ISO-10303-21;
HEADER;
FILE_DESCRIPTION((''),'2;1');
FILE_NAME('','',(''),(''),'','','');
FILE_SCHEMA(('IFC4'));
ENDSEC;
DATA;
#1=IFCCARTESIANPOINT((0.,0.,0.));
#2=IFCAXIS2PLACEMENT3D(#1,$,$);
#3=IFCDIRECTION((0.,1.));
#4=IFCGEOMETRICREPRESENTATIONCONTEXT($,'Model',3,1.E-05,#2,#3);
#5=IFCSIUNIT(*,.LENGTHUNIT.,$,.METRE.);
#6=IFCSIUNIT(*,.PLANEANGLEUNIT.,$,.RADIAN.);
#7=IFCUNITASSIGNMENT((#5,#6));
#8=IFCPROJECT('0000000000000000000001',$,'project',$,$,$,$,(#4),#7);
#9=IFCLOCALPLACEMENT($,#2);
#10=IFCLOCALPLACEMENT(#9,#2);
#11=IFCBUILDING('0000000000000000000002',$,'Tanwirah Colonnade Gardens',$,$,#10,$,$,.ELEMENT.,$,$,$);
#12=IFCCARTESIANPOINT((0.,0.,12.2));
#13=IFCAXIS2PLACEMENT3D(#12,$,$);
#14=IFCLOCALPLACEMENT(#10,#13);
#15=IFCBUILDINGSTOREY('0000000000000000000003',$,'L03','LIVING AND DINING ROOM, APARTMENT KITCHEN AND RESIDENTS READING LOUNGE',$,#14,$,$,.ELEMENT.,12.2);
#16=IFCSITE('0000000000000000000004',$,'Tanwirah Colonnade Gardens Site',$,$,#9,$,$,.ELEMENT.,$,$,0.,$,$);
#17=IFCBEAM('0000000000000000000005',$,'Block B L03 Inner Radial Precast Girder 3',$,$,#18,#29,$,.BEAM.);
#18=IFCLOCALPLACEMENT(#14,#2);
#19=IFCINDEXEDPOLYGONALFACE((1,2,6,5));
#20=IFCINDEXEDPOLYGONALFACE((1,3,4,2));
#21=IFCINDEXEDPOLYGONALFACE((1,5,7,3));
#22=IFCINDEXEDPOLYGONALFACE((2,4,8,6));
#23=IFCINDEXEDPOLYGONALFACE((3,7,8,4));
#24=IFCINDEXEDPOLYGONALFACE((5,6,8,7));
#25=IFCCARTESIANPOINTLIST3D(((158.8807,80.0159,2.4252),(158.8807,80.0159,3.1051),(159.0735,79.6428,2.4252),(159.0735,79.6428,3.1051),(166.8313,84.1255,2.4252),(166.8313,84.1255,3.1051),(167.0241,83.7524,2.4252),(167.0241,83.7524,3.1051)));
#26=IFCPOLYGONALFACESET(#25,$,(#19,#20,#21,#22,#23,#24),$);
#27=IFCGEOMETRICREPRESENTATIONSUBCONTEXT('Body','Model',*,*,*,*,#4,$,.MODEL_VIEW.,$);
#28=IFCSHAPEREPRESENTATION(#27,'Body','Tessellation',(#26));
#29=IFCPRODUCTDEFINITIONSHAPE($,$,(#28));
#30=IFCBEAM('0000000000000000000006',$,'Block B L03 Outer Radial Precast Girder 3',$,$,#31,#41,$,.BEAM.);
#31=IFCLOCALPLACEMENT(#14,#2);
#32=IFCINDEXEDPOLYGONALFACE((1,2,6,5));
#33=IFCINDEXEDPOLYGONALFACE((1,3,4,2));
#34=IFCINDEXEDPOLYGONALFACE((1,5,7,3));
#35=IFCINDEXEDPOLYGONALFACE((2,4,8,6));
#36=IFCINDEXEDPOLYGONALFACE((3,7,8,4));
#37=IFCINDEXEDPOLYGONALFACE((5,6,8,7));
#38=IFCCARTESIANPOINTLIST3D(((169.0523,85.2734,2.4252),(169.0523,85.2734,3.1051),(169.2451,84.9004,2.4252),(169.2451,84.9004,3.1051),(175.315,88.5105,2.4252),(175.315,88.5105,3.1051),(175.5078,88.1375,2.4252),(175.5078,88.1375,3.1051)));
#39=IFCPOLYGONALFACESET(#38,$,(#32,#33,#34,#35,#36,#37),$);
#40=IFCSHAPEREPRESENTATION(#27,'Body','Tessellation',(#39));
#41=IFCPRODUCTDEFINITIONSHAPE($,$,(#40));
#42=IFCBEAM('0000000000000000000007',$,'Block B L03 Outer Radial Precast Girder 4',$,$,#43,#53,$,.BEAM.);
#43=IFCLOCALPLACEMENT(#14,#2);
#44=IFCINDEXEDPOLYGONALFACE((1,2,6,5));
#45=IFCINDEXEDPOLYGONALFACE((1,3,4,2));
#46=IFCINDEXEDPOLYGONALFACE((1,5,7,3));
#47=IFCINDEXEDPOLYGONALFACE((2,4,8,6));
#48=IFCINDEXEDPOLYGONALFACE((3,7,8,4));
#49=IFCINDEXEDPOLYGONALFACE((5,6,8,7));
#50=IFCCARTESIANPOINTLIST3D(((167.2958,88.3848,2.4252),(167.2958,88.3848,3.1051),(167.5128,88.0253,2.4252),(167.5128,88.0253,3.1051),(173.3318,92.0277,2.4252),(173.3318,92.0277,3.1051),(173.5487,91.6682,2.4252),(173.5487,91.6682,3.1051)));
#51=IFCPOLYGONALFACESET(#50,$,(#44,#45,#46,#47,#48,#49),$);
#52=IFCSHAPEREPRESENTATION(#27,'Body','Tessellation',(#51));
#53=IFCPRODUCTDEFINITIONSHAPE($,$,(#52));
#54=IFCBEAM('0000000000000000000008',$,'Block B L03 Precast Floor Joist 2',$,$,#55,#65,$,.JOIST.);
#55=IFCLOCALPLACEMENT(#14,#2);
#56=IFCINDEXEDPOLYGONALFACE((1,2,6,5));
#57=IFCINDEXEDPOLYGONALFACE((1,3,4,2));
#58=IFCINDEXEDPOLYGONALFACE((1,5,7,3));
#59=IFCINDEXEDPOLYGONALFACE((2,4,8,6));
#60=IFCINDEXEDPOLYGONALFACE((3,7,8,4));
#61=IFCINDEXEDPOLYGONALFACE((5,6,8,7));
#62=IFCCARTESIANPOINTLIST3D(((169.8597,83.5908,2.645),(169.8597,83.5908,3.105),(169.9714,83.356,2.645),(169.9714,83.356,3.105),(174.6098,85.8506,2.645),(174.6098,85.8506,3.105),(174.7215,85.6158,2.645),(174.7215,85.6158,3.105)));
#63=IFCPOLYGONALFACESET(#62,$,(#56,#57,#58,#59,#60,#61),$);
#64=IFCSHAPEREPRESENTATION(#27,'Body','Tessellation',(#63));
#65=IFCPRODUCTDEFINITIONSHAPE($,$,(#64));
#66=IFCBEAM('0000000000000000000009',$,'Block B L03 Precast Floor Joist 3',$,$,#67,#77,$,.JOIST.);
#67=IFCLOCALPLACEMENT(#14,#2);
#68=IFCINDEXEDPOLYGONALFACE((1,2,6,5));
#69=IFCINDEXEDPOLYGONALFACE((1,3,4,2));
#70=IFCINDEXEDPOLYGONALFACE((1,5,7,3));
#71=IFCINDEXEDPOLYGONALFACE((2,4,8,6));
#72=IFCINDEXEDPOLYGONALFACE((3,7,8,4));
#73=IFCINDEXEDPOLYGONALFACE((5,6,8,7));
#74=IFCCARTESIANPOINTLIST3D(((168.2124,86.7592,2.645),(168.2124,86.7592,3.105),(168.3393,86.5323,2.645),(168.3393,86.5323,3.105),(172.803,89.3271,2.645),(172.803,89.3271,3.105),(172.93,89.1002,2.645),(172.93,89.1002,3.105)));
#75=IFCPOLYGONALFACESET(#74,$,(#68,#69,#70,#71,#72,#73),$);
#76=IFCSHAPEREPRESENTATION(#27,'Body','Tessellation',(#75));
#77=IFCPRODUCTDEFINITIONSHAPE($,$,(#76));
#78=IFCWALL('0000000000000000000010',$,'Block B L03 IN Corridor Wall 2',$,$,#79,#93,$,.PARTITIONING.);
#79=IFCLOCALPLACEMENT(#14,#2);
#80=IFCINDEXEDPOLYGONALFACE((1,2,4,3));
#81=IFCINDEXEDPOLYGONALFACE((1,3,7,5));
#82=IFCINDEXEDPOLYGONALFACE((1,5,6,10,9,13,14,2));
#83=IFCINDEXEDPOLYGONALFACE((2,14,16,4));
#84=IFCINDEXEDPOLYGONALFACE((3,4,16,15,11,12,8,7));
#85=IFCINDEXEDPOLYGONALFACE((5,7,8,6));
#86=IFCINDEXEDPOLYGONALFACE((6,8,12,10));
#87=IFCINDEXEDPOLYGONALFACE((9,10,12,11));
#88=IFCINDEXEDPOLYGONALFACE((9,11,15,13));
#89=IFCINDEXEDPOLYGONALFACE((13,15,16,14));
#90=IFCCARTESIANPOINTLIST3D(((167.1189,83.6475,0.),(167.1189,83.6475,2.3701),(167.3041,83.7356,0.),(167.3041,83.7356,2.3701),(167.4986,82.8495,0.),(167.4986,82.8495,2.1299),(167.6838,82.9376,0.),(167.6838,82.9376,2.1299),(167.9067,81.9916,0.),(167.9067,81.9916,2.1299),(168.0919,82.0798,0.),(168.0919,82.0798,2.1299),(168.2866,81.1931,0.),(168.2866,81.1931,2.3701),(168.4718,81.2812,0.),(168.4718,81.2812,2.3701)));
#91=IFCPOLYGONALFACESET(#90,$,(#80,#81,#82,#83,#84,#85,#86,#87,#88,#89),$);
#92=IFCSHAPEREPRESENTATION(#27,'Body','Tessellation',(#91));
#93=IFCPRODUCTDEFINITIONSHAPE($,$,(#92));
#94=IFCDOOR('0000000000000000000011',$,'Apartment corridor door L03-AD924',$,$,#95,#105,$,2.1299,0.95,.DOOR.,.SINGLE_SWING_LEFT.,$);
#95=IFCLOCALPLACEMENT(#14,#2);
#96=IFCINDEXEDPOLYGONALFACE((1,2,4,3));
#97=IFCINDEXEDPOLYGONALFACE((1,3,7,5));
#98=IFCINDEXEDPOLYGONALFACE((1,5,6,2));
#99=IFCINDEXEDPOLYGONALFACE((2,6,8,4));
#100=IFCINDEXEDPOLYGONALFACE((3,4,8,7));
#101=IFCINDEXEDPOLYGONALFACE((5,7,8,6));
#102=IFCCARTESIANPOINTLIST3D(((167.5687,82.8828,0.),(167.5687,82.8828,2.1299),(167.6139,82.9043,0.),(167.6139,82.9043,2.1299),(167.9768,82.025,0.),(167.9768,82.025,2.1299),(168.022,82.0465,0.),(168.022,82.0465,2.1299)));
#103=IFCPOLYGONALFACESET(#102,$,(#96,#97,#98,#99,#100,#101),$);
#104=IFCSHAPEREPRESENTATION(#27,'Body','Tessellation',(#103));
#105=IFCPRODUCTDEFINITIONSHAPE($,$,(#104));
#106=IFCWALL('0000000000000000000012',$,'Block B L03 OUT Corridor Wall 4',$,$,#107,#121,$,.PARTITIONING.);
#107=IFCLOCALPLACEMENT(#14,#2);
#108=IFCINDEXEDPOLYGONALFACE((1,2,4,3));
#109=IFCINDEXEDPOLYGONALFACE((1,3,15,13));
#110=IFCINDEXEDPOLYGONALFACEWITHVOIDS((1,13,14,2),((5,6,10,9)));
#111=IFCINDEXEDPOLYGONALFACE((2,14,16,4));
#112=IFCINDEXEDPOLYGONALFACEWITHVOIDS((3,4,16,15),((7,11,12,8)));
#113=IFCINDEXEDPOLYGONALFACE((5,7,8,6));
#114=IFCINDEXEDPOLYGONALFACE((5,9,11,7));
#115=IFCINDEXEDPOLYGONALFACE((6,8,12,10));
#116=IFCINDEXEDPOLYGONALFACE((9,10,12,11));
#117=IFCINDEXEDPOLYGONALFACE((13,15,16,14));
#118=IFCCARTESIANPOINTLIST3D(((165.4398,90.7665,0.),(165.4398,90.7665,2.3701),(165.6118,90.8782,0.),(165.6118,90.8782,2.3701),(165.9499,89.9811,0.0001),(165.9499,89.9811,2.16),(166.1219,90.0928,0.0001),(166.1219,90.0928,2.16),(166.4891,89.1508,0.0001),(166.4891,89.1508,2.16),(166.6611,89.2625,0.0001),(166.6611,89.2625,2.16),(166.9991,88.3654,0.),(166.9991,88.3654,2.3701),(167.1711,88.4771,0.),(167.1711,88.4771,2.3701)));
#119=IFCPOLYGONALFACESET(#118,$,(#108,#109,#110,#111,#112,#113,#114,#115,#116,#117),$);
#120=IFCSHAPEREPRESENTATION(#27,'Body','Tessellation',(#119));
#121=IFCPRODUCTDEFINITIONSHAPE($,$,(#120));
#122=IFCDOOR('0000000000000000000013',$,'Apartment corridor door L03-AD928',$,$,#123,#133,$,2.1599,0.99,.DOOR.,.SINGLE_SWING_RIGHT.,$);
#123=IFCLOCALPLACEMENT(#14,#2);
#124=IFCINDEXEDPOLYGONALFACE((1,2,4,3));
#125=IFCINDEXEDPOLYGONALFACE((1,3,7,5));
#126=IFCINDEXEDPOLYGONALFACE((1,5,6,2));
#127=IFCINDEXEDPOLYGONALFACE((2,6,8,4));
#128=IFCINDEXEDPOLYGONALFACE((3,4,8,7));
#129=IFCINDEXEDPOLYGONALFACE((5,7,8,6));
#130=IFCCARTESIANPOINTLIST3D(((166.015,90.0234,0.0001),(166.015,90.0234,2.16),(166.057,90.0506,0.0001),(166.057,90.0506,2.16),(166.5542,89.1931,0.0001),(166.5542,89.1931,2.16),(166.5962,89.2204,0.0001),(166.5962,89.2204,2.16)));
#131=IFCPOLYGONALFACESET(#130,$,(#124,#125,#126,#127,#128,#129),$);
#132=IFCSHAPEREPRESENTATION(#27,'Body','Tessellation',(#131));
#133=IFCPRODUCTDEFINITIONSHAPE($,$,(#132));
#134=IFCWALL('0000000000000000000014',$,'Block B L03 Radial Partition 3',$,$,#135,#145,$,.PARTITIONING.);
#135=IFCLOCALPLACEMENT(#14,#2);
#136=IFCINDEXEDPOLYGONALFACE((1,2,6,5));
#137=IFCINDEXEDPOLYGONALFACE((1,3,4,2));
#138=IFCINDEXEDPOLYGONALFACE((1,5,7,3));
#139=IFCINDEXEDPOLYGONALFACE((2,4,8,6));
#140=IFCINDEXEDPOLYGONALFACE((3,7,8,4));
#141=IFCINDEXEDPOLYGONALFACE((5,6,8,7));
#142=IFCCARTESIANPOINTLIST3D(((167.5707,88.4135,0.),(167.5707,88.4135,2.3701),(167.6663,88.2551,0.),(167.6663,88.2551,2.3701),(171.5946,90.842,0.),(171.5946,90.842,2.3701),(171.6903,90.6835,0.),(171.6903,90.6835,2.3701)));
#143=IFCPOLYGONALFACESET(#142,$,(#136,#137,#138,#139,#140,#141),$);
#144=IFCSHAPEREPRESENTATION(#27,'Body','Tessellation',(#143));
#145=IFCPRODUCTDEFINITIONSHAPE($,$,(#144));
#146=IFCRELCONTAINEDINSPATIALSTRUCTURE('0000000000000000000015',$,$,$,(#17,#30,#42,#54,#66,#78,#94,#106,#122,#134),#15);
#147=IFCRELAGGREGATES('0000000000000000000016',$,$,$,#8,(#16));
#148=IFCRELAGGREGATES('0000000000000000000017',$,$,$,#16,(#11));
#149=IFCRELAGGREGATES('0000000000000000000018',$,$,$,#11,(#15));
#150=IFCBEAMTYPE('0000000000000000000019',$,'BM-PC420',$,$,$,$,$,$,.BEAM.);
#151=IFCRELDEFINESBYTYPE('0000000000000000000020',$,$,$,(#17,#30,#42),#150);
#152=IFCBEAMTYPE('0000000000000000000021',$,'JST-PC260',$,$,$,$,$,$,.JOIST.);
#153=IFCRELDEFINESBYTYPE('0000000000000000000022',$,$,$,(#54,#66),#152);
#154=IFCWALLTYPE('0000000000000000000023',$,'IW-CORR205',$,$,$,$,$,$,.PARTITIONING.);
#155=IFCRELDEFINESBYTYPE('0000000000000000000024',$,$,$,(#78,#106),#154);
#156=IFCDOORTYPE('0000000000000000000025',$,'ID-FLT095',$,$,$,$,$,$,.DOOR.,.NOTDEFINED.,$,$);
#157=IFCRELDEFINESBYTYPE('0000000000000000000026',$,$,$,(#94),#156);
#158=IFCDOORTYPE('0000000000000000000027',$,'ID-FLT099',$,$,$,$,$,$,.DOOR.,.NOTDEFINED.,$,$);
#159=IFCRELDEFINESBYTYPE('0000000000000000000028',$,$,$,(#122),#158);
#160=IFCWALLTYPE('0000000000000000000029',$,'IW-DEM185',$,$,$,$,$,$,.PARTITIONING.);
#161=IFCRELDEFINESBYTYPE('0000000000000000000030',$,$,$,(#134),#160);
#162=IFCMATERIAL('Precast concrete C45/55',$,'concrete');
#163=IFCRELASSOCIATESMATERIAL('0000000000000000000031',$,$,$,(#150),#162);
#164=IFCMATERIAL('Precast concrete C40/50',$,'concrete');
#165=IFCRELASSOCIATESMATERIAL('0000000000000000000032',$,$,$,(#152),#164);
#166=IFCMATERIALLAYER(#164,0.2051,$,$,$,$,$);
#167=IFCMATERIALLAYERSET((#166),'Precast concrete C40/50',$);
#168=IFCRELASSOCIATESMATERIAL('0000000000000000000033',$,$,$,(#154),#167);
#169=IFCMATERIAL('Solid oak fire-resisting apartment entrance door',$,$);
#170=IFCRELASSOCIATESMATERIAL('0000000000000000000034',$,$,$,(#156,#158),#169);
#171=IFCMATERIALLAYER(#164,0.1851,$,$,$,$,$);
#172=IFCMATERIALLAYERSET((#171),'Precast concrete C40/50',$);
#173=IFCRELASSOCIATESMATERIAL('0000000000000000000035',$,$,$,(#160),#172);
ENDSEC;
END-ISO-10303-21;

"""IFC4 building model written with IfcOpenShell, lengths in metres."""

from ifc_helpers import new_model, si_unit, direction, frame, frame_2d, origin, origin_2d, place, context, subcontext, project, spatial, rectangle, extrude, material, layer, layer_set, material_profile, profile_set, type_object, element, fill, save


model = new_model("IFC4")

# Units and contexts
model_context = context("Model", 3, precision=1e-05, world=origin(), true_north=direction((0.0, 1.0)))
body_context = subcontext(model_context, "Body", "Model", "MODEL_VIEW")
ifc_project = project(units=[si_unit("LENGTHUNIT", "METRE"), si_unit("PLANEANGLEUNIT", "RADIAN")], contexts=[model_context])

# Site, building, storey
site_placement = place(None, origin())
site = spatial("IfcSite", under=ifc_project, at=site_placement, Name="Tanwirah Colonnade Gardens Site", CompositionType="ELEMENT", RefElevation=0.0)
building_placement = place(site_placement, origin())
building = spatial("IfcBuilding", under=site, at=building_placement, Name="Tanwirah Colonnade Gardens", CompositionType="ELEMENT")
storey_placement = place(building_placement, frame((0.0, 0.0, 12.2)))
storey = spatial("IfcBuildingStorey", under=building, at=storey_placement, Name="L03", Description="LIVING AND DINING ROOM, APARTMENT KITCHEN AND RESIDENTS READING LOUNGE", CompositionType="ELEMENT", Elevation=12.2)

# Shared definitions
ifc_material_1 = material(Name="Precast concrete C45/55", Category="concrete")

# Beams
ifc_material_2 = material(Name="Precast concrete C40/50", Category="concrete")
ifc_material_profile_1 = material_profile(ifc_material_1, rectangle(XDim=0.4199, YDim=0.6799, at=origin_2d()), Name="PC-BM 420x680")
ifc_profile_set_1 = profile_set([ifc_material_profile_1], Name="Precast concrete C45/55")
beam_type_1 = type_object("IfcBeamType", Name="BM-PC420", PredefinedType="BEAM", material=ifc_profile_set_1)
beam_1_placement = place(storey_placement, frame((166.9277, 83.939, 2.7651), z_axis=(-0.888345, -0.459176, 0.0), x_axis=(0.459176, -0.888345, 0.0)))
element("IfcBeam", 1, at=beam_1_placement, inside=storey, type_object=beam_type_1, Name="Block B L03 Inner Radial Precast Girder 3", PredefinedType="BEAM", context=body_context, shape_type="SweptSolid", body=[
    extrude(rectangle(XDim=0.4199, YDim=0.6799, at=origin_2d()), origin(), (0.0, 0.0, 1.0), 8.95),
])
beam_2_placement = place(storey_placement, frame((169.1487, 85.0869, 2.7651), z_axis=(0.888349, 0.459169, 0.0), x_axis=(-0.459169, 0.888349, 0.0)))
element("IfcBeam", 2, at=beam_2_placement, inside=storey, type_object=beam_type_1, Name="Block B L03 Outer Radial Precast Girder 3", PredefinedType="BEAM", context=body_context, shape_type="SweptSolid", body=[
    extrude(rectangle(XDim=0.4199, YDim=0.6799, at=origin_2d()), origin(), (0.0, 0.0, 1.0), 7.0498),
])
beam_3_placement = place(storey_placement, frame((167.4043, 88.2051, 2.7651), z_axis=(0.856158, 0.516714, 0.0), x_axis=(-0.516714, 0.856158, 0.0)))
element("IfcBeam", 3, at=beam_3_placement, inside=storey, type_object=beam_type_1, Name="Block B L03 Outer Radial Precast Girder 4", PredefinedType="BEAM", context=body_context, shape_type="SweptSolid", body=[
    extrude(rectangle(XDim=0.4199, YDim=0.6799, at=origin_2d()), origin(), (0.0, 0.0, 1.0), 7.05),
])
ifc_material_profile_2 = material_profile(ifc_material_2, rectangle(XDim=0.26, YDim=0.46, at=origin_2d()), Name="PC-JST 260x460")
ifc_profile_set_2 = profile_set([ifc_material_profile_2], Name="Precast concrete C40/50")
beam_type_2 = type_object("IfcBeamType", Name="JST-PC260", PredefinedType="JOIST", material=ifc_profile_set_2)
beam_4_placement = place(storey_placement, frame((169.9155, 83.4734, 2.875), z_axis=(0.903018, 0.429602, 0.0), x_axis=(-0.429602, 0.903018, 0.0)))
element("IfcBeam", 4, at=beam_4_placement, inside=storey, type_object=beam_type_2, Name="Block B L03 Precast Floor Joist 2", PredefinedType="JOIST", context=body_context, shape_type="SweptSolid", body=[
    extrude(rectangle(XDim=0.26, YDim=0.46, at=origin_2d()), origin(), (0.0, 0.0, 1.0), 5.2603),
])
beam_5_placement = place(storey_placement, frame((168.2759, 86.6458, 2.875), z_axis=(0.872737, 0.488191, 0.0), x_axis=(-0.488191, 0.872737, 0.0)))
element("IfcBeam", 5, at=beam_5_placement, inside=storey, type_object=beam_type_2, Name="Block B L03 Precast Floor Joist 3", PredefinedType="JOIST", context=body_context, shape_type="SweptSolid", body=[
    extrude(rectangle(XDim=0.26, YDim=0.46, at=origin_2d()), origin(), (0.0, 0.0, 1.0), 5.26),
])

# Walls, openings, doors
ifc_layer_1 = layer(ifc_material_2, 0.2051)
ifc_layer_set_1 = layer_set([ifc_layer_1], Name="Precast concrete C40/50")
wall_type_1 = type_object("IfcWallType", Name="IW-CORR205", PredefinedType="PARTITIONING", material=ifc_layer_set_1)
ifc_material_3 = material(Name="Solid oak fire-resisting apartment entrance door")
wall_1_placement = place(storey_placement, frame((168.3792, 81.2373, 0.0), z_axis=(0.0, 0.0, 1.0), x_axis=(-0.42963, 0.903005, 0.0)))
wall_1 = element("IfcWall", 6, at=wall_1_placement, inside=storey, type_object=wall_type_1, Name="Block B L03 IN Corridor Wall 2", PredefinedType="PARTITIONING", context=body_context, shape_type="SweptSolid", body=[
    extrude(rectangle(XDim=2.718, YDim=0.2051, at=frame_2d((1.3589, 0.0))), origin(), (0.0, 0.0, 1.0), 2.3701),
])
opening_1_placement = place(wall_1_placement, frame((0.884, 0.0, 0.0)))
opening_1 = element("IfcOpeningElement", 7, at=opening_1_placement, cuts=wall_1, PredefinedType="OPENING", context=body_context, shape_type="SweptSolid", body=[
    extrude(rectangle(XDim=0.95, YDim=2.1299, at=frame_2d((0.4751, 1.0649))), frame((0.0, 0.1125, 0.0), z_axis=(0.0, -1.0, 0.0), x_axis=(1.0, 0.0, 0.0)), (0.0, 0.0, 1.0), 0.2251),
])
door_type_1 = type_object("IfcDoorType", Name="ID-FLT095", OperationType="NOTDEFINED", PredefinedType="DOOR", material=ifc_material_3)
door_1_placement = place(opening_1_placement, origin())
door_1 = element("IfcDoor", 8, at=door_1_placement, inside=storey, type_object=door_type_1, Name="Apartment corridor door L03-AD924", OperationType="SINGLE_SWING_LEFT", OverallHeight=2.1299, OverallWidth=0.95, PredefinedType="DOOR", context=body_context, shape_type="SweptSolid", body=[
    extrude(rectangle(XDim=0.95, YDim=2.1299, at=frame_2d((0.4751, 1.0649))), frame((0.0, 0.0249, 0.0), z_axis=(0.0, -1.0, 0.0), x_axis=(1.0, 0.0, 0.0)), (0.0, 0.0, 1.0), 0.05),
])
fill(opening_1, door_1)
wall_2_placement = place(storey_placement, frame((167.0852, 88.4211, 0.0), z_axis=(0.0, 0.0, 1.0), x_axis=(-0.544644, 0.838668, 0.0)))
wall_2 = element("IfcWall", 9, at=wall_2_placement, inside=storey, type_object=wall_type_1, Name="Block B L03 OUT Corridor Wall 4", PredefinedType="PARTITIONING", context=body_context, shape_type="SweptSolid", body=[
    extrude(rectangle(XDim=2.863, YDim=0.2051, at=frame_2d((1.4316, 0.0))), origin(), (0.0, 0.0, 1.0), 2.3701),
])
opening_2_placement = place(wall_2_placement, frame((0.9365, 0.0, 0.0)))
opening_2 = element("IfcOpeningElement", 10, at=opening_2_placement, cuts=wall_2, PredefinedType="OPENING", context=body_context, shape_type="SweptSolid", body=[
    extrude(rectangle(XDim=0.99, YDim=2.1599, at=frame_2d((0.4951, 1.0801))), frame((0.0, 0.1125, 0.0), z_axis=(0.0, -1.0, 0.0), x_axis=(1.0, 0.0, 0.0)), (0.0, 0.0, 1.0), 0.2251),
])
door_type_2 = type_object("IfcDoorType", Name="ID-FLT099", OperationType="NOTDEFINED", PredefinedType="DOOR", material=ifc_material_3)
door_2_placement = place(opening_2_placement, origin())
door_2 = element("IfcDoor", 11, at=door_2_placement, inside=storey, type_object=door_type_2, Name="Apartment corridor door L03-AD928", OperationType="SINGLE_SWING_RIGHT", OverallHeight=2.1599, OverallWidth=0.99, PredefinedType="DOOR", context=body_context, shape_type="SweptSolid", body=[
    extrude(rectangle(XDim=0.99, YDim=2.1599, at=frame_2d((0.4951, 1.0801))), frame((0.0, 0.0249, 0.0), z_axis=(0.0, -1.0, 0.0), x_axis=(1.0, 0.0, 0.0)), (0.0, 0.0, 1.0), 0.05),
])
fill(opening_2, door_2)

# Wall
ifc_layer_2 = layer(ifc_material_2, 0.1851)
ifc_layer_set_2 = layer_set([ifc_layer_2], Name="Precast concrete C40/50")
wall_type_2 = type_object("IfcWallType", Name="IW-DEM185", PredefinedType="PARTITIONING", material=ifc_layer_set_2)
wall_3_placement = place(storey_placement, frame((167.6184, 88.3342, 0.0), z_axis=(0.0, 0.0, 1.0), x_axis=(0.856165, 0.516702, 0.0)))
element("IfcWall", 12, at=wall_3_placement, inside=storey, type_object=wall_type_2, Name="Block B L03 Radial Partition 3", PredefinedType="PARTITIONING", context=body_context, shape_type="SweptSolid", body=[
    extrude(rectangle(XDim=4.7, YDim=0.1851, at=frame_2d((2.3501, 0.0))), origin(), (0.0, 0.0, 1.0), 2.3701),
])

save(model, "model.ifc")
